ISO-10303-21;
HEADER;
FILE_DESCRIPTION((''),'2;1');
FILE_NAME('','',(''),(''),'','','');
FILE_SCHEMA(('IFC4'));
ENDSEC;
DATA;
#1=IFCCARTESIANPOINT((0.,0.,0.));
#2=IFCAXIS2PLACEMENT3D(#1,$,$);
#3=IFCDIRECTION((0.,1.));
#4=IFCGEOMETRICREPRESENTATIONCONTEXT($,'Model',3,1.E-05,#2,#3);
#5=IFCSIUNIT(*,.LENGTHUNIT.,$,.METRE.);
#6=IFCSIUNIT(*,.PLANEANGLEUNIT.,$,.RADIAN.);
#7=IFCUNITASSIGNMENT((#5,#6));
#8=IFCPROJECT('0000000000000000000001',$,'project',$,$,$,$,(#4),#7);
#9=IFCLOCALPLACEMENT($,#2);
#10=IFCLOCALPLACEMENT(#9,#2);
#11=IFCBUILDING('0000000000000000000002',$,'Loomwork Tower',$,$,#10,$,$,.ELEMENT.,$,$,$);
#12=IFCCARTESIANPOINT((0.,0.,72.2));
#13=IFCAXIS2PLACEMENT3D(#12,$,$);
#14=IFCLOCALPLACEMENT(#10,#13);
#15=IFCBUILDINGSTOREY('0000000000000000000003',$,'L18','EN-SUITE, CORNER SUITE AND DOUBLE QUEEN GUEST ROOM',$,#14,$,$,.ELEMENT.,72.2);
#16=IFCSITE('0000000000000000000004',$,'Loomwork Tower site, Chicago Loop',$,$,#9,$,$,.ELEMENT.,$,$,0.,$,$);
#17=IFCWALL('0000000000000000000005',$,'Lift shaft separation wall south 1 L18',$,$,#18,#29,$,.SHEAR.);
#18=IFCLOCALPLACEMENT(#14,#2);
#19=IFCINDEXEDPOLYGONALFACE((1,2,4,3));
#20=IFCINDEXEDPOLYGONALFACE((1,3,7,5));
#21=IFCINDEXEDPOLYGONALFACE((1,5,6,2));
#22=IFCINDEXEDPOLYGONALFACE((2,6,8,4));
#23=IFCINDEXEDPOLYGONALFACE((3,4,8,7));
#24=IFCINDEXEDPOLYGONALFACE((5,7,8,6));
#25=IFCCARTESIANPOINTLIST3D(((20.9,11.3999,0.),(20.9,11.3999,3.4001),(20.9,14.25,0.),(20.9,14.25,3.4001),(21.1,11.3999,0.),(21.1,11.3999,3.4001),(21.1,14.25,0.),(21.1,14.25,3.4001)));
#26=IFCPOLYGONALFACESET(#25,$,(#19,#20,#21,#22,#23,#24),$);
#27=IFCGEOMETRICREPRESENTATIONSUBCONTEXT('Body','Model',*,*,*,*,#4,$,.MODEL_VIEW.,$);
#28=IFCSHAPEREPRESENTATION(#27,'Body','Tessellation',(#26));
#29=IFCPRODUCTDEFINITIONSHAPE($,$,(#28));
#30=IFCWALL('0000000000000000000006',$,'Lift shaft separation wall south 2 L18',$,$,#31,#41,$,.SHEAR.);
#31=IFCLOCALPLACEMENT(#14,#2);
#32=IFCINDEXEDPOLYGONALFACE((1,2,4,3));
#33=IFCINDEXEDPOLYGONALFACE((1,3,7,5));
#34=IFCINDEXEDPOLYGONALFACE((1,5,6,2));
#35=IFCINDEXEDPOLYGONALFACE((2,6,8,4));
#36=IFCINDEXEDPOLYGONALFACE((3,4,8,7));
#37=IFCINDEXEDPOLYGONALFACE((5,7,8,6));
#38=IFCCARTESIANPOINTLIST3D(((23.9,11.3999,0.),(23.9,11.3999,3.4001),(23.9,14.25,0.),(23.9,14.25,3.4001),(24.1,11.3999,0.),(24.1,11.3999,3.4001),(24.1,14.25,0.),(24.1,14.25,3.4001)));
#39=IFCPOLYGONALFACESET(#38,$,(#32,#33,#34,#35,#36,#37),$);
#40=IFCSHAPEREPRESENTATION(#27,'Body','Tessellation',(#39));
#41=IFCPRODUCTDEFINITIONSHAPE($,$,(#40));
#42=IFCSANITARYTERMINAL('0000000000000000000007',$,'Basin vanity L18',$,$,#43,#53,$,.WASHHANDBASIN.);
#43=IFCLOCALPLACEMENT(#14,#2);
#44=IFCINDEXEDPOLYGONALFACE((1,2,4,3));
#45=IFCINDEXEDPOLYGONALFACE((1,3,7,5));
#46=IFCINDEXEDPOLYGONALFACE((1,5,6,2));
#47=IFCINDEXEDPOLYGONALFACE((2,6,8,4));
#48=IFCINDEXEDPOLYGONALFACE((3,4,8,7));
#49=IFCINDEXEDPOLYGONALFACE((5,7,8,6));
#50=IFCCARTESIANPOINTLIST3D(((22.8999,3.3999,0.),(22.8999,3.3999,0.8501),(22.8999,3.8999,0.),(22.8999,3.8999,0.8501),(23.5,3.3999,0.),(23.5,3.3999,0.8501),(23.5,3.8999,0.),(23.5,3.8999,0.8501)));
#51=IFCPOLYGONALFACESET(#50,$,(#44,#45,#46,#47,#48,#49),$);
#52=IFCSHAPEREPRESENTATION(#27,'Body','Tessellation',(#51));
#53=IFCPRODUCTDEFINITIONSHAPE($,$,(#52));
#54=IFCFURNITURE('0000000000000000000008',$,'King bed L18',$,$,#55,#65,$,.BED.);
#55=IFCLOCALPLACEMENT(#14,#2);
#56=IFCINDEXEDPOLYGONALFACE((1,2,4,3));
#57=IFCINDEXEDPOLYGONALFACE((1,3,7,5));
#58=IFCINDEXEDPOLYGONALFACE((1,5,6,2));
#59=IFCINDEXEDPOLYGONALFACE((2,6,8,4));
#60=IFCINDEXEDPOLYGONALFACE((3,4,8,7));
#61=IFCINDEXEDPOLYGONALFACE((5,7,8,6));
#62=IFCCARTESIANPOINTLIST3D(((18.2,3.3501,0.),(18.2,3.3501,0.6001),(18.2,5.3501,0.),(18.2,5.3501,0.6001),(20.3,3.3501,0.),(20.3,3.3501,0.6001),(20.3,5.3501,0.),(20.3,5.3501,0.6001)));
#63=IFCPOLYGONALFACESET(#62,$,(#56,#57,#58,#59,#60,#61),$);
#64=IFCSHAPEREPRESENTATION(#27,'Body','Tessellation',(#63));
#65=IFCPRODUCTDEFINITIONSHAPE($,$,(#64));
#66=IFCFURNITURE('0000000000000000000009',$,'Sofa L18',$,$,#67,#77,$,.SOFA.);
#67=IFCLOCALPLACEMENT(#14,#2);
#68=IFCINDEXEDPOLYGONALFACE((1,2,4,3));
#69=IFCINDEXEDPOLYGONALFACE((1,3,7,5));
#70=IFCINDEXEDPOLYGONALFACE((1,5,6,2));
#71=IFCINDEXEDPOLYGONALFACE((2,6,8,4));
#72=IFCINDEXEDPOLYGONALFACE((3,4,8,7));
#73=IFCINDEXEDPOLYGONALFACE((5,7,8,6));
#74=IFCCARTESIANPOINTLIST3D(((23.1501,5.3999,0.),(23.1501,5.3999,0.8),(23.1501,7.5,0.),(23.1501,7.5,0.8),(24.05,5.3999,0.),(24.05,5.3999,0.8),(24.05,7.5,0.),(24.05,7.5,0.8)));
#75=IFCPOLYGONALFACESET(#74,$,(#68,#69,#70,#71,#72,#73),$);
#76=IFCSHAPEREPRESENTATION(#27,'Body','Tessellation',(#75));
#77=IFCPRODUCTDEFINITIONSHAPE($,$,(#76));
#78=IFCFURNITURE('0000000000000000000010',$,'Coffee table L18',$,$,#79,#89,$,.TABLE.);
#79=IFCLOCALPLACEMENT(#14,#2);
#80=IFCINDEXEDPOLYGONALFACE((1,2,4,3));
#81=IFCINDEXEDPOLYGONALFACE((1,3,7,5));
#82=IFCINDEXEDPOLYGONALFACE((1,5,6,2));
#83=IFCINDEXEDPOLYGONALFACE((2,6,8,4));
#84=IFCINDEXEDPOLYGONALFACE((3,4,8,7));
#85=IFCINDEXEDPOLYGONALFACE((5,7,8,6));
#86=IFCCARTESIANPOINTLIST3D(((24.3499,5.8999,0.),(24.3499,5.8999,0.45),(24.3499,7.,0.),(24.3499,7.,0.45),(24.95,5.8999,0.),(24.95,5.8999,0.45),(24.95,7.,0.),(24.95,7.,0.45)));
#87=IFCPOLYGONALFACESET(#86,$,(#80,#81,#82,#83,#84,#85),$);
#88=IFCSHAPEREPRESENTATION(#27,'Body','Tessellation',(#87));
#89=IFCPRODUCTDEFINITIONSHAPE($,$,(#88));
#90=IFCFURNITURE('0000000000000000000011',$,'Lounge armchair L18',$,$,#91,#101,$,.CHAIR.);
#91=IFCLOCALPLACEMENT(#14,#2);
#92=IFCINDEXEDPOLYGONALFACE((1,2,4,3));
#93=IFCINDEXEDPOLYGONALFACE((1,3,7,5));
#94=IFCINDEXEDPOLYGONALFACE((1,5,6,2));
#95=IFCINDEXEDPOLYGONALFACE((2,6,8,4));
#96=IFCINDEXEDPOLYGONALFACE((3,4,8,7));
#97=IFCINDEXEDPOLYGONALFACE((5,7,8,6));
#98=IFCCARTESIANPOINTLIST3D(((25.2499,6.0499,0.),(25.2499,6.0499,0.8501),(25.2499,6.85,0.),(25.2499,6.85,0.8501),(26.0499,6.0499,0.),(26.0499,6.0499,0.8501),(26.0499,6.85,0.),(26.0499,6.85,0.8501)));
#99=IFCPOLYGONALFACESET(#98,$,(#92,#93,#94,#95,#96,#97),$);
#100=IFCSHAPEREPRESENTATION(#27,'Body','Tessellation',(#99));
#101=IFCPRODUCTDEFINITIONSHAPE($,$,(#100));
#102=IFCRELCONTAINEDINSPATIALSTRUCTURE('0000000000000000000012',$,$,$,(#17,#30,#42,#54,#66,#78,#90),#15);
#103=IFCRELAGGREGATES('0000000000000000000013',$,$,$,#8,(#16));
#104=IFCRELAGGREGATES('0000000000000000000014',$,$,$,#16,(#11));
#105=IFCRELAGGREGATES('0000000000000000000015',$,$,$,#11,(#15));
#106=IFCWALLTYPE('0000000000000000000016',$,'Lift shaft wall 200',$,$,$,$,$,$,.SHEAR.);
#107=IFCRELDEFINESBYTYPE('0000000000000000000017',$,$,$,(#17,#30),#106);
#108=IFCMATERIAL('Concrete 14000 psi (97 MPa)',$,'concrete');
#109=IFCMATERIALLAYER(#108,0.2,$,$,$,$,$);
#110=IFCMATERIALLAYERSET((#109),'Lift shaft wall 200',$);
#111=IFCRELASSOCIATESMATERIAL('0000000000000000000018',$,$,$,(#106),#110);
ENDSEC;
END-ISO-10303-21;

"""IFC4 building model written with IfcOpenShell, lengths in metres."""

from ifc_helpers import new_model, si_unit, direction, frame, frame_2d, origin, origin_2d, place, context, subcontext, project, spatial, rectangle, extrude, material, layer, layer_set, type_object, element, save


model = new_model("IFC4")

# Units and contexts
model_context = context("Model", 3, precision=1e-05, world=origin(), true_north=direction((0.0, 1.0)))
body_context = subcontext(model_context, "Body", "Model", "MODEL_VIEW")
ifc_project = project(units=[si_unit("LENGTHUNIT", "METRE"), si_unit("PLANEANGLEUNIT", "RADIAN")], contexts=[model_context])

# Site, building, storey
site_placement = place(None, origin())
site = spatial("IfcSite", under=ifc_project, at=site_placement, Name="Loomwork Tower site, Chicago Loop", CompositionType="ELEMENT", RefElevation=0.0)
building_placement = place(site_placement, origin())
building = spatial("IfcBuilding", under=site, at=building_placement, Name="Loomwork Tower", CompositionType="ELEMENT")
storey_placement = place(building_placement, frame((0.0, 0.0, 72.2)))
storey = spatial("IfcBuildingStorey", under=building, at=storey_placement, Name="L18", Description="EN-SUITE, CORNER SUITE AND DOUBLE QUEEN GUEST ROOM", CompositionType="ELEMENT", Elevation=72.2)

# Walls
ifc_material_1 = material(Name="Concrete 14000 psi (97 MPa)", Category="concrete")
ifc_layer_1 = layer(ifc_material_1, 0.2)
ifc_layer_set_1 = layer_set([ifc_layer_1], Name="Lift shaft wall 200")
wall_type_1 = type_object("IfcWallType", Name="Lift shaft wall 200", PredefinedType="SHEAR", material=ifc_layer_set_1)
for number, where, z_axis, x_axis, name in (
    (1, (21.0, 11.3999, 0.0), (0.0, 0.0, 1.0), (0.0, 1.0, 0.0), "Lift shaft separation wall south 1 L18"),
    (2, (24.0, 11.3999, 0.0), (0.0, 0.0, 1.0), (0.0, 1.0, 0.0), "Lift shaft separation wall south 2 L18"),
):
    element("IfcWall", number, at=place(storey_placement, frame(where, z_axis=z_axis, x_axis=x_axis)), inside=storey, type_object=wall_type_1, Name=name, PredefinedType="SHEAR", context=body_context, shape_type="SweptSolid", body=[
        extrude(rectangle(XDim=2.8501, YDim=0.2, at=frame_2d((1.425, 0.0))), origin(), (0.0, 0.0, 1.0), 3.4001),
    ])

# Sanitary terminal
sanitary_terminal_placement = place(storey_placement, frame((23.2, 3.6499, 0.0), z_axis=(0.0, 0.0, 1.0), x_axis=(1.0, 0.0, 0.0)))
element("IfcSanitaryTerminal", 3, at=sanitary_terminal_placement, inside=storey, Name="Basin vanity L18", PredefinedType="WASHHANDBASIN", context=body_context, shape_type="SweptSolid", body=[
    extrude(rectangle(XDim=0.6001, YDim=0.5, at=origin_2d()), origin(), (0.0, 0.0, 1.0), 0.8501),
])

# Furniture
furniture_1_placement = place(storey_placement, frame((19.25, 4.3501, 0.0), z_axis=(0.0, 0.0, 1.0), x_axis=(1.0, 0.0, 0.0)))
element("IfcFurniture", 4, at=furniture_1_placement, inside=storey, Name="King bed L18", PredefinedType="BED", context=body_context, shape_type="SweptSolid", body=[
    extrude(rectangle(XDim=2.1001, YDim=2.0, at=origin_2d()), origin(), (0.0, 0.0, 1.0), 0.6001),
])
furniture_2_placement = place(storey_placement, frame((23.6001, 6.45, 0.0), z_axis=(0.0, 0.0, 1.0), x_axis=(1.0, 0.0, 0.0)))
element("IfcFurniture", 5, at=furniture_2_placement, inside=storey, Name="Sofa L18", PredefinedType="SOFA", context=body_context, shape_type="SweptSolid", body=[
    extrude(rectangle(XDim=0.8999, YDim=2.1001, at=origin_2d()), origin(), (0.0, 0.0, 1.0), 0.8),
])
furniture_3_placement = place(storey_placement, frame((24.6499, 6.45, 0.0), z_axis=(0.0, 0.0, 1.0), x_axis=(1.0, 0.0, 0.0)))
element("IfcFurniture", 6, at=furniture_3_placement, inside=storey, Name="Coffee table L18", PredefinedType="TABLE", context=body_context, shape_type="SweptSolid", body=[
    extrude(rectangle(XDim=0.6001, YDim=1.1001, at=origin_2d()), origin(), (0.0, 0.0, 1.0), 0.45),
])
furniture_4_placement = place(storey_placement, frame((25.6499, 6.45, 0.0), z_axis=(0.0, 0.0, 1.0), x_axis=(1.0, 0.0, 0.0)))
element("IfcFurniture", 7, at=furniture_4_placement, inside=storey, Name="Lounge armchair L18", PredefinedType="CHAIR", context=body_context, shape_type="SweptSolid", body=[
    extrude(rectangle(XDim=0.8, YDim=0.8, at=origin_2d()), origin(), (0.0, 0.0, 1.0), 0.8501),
])

save(model, "model.ifc")
